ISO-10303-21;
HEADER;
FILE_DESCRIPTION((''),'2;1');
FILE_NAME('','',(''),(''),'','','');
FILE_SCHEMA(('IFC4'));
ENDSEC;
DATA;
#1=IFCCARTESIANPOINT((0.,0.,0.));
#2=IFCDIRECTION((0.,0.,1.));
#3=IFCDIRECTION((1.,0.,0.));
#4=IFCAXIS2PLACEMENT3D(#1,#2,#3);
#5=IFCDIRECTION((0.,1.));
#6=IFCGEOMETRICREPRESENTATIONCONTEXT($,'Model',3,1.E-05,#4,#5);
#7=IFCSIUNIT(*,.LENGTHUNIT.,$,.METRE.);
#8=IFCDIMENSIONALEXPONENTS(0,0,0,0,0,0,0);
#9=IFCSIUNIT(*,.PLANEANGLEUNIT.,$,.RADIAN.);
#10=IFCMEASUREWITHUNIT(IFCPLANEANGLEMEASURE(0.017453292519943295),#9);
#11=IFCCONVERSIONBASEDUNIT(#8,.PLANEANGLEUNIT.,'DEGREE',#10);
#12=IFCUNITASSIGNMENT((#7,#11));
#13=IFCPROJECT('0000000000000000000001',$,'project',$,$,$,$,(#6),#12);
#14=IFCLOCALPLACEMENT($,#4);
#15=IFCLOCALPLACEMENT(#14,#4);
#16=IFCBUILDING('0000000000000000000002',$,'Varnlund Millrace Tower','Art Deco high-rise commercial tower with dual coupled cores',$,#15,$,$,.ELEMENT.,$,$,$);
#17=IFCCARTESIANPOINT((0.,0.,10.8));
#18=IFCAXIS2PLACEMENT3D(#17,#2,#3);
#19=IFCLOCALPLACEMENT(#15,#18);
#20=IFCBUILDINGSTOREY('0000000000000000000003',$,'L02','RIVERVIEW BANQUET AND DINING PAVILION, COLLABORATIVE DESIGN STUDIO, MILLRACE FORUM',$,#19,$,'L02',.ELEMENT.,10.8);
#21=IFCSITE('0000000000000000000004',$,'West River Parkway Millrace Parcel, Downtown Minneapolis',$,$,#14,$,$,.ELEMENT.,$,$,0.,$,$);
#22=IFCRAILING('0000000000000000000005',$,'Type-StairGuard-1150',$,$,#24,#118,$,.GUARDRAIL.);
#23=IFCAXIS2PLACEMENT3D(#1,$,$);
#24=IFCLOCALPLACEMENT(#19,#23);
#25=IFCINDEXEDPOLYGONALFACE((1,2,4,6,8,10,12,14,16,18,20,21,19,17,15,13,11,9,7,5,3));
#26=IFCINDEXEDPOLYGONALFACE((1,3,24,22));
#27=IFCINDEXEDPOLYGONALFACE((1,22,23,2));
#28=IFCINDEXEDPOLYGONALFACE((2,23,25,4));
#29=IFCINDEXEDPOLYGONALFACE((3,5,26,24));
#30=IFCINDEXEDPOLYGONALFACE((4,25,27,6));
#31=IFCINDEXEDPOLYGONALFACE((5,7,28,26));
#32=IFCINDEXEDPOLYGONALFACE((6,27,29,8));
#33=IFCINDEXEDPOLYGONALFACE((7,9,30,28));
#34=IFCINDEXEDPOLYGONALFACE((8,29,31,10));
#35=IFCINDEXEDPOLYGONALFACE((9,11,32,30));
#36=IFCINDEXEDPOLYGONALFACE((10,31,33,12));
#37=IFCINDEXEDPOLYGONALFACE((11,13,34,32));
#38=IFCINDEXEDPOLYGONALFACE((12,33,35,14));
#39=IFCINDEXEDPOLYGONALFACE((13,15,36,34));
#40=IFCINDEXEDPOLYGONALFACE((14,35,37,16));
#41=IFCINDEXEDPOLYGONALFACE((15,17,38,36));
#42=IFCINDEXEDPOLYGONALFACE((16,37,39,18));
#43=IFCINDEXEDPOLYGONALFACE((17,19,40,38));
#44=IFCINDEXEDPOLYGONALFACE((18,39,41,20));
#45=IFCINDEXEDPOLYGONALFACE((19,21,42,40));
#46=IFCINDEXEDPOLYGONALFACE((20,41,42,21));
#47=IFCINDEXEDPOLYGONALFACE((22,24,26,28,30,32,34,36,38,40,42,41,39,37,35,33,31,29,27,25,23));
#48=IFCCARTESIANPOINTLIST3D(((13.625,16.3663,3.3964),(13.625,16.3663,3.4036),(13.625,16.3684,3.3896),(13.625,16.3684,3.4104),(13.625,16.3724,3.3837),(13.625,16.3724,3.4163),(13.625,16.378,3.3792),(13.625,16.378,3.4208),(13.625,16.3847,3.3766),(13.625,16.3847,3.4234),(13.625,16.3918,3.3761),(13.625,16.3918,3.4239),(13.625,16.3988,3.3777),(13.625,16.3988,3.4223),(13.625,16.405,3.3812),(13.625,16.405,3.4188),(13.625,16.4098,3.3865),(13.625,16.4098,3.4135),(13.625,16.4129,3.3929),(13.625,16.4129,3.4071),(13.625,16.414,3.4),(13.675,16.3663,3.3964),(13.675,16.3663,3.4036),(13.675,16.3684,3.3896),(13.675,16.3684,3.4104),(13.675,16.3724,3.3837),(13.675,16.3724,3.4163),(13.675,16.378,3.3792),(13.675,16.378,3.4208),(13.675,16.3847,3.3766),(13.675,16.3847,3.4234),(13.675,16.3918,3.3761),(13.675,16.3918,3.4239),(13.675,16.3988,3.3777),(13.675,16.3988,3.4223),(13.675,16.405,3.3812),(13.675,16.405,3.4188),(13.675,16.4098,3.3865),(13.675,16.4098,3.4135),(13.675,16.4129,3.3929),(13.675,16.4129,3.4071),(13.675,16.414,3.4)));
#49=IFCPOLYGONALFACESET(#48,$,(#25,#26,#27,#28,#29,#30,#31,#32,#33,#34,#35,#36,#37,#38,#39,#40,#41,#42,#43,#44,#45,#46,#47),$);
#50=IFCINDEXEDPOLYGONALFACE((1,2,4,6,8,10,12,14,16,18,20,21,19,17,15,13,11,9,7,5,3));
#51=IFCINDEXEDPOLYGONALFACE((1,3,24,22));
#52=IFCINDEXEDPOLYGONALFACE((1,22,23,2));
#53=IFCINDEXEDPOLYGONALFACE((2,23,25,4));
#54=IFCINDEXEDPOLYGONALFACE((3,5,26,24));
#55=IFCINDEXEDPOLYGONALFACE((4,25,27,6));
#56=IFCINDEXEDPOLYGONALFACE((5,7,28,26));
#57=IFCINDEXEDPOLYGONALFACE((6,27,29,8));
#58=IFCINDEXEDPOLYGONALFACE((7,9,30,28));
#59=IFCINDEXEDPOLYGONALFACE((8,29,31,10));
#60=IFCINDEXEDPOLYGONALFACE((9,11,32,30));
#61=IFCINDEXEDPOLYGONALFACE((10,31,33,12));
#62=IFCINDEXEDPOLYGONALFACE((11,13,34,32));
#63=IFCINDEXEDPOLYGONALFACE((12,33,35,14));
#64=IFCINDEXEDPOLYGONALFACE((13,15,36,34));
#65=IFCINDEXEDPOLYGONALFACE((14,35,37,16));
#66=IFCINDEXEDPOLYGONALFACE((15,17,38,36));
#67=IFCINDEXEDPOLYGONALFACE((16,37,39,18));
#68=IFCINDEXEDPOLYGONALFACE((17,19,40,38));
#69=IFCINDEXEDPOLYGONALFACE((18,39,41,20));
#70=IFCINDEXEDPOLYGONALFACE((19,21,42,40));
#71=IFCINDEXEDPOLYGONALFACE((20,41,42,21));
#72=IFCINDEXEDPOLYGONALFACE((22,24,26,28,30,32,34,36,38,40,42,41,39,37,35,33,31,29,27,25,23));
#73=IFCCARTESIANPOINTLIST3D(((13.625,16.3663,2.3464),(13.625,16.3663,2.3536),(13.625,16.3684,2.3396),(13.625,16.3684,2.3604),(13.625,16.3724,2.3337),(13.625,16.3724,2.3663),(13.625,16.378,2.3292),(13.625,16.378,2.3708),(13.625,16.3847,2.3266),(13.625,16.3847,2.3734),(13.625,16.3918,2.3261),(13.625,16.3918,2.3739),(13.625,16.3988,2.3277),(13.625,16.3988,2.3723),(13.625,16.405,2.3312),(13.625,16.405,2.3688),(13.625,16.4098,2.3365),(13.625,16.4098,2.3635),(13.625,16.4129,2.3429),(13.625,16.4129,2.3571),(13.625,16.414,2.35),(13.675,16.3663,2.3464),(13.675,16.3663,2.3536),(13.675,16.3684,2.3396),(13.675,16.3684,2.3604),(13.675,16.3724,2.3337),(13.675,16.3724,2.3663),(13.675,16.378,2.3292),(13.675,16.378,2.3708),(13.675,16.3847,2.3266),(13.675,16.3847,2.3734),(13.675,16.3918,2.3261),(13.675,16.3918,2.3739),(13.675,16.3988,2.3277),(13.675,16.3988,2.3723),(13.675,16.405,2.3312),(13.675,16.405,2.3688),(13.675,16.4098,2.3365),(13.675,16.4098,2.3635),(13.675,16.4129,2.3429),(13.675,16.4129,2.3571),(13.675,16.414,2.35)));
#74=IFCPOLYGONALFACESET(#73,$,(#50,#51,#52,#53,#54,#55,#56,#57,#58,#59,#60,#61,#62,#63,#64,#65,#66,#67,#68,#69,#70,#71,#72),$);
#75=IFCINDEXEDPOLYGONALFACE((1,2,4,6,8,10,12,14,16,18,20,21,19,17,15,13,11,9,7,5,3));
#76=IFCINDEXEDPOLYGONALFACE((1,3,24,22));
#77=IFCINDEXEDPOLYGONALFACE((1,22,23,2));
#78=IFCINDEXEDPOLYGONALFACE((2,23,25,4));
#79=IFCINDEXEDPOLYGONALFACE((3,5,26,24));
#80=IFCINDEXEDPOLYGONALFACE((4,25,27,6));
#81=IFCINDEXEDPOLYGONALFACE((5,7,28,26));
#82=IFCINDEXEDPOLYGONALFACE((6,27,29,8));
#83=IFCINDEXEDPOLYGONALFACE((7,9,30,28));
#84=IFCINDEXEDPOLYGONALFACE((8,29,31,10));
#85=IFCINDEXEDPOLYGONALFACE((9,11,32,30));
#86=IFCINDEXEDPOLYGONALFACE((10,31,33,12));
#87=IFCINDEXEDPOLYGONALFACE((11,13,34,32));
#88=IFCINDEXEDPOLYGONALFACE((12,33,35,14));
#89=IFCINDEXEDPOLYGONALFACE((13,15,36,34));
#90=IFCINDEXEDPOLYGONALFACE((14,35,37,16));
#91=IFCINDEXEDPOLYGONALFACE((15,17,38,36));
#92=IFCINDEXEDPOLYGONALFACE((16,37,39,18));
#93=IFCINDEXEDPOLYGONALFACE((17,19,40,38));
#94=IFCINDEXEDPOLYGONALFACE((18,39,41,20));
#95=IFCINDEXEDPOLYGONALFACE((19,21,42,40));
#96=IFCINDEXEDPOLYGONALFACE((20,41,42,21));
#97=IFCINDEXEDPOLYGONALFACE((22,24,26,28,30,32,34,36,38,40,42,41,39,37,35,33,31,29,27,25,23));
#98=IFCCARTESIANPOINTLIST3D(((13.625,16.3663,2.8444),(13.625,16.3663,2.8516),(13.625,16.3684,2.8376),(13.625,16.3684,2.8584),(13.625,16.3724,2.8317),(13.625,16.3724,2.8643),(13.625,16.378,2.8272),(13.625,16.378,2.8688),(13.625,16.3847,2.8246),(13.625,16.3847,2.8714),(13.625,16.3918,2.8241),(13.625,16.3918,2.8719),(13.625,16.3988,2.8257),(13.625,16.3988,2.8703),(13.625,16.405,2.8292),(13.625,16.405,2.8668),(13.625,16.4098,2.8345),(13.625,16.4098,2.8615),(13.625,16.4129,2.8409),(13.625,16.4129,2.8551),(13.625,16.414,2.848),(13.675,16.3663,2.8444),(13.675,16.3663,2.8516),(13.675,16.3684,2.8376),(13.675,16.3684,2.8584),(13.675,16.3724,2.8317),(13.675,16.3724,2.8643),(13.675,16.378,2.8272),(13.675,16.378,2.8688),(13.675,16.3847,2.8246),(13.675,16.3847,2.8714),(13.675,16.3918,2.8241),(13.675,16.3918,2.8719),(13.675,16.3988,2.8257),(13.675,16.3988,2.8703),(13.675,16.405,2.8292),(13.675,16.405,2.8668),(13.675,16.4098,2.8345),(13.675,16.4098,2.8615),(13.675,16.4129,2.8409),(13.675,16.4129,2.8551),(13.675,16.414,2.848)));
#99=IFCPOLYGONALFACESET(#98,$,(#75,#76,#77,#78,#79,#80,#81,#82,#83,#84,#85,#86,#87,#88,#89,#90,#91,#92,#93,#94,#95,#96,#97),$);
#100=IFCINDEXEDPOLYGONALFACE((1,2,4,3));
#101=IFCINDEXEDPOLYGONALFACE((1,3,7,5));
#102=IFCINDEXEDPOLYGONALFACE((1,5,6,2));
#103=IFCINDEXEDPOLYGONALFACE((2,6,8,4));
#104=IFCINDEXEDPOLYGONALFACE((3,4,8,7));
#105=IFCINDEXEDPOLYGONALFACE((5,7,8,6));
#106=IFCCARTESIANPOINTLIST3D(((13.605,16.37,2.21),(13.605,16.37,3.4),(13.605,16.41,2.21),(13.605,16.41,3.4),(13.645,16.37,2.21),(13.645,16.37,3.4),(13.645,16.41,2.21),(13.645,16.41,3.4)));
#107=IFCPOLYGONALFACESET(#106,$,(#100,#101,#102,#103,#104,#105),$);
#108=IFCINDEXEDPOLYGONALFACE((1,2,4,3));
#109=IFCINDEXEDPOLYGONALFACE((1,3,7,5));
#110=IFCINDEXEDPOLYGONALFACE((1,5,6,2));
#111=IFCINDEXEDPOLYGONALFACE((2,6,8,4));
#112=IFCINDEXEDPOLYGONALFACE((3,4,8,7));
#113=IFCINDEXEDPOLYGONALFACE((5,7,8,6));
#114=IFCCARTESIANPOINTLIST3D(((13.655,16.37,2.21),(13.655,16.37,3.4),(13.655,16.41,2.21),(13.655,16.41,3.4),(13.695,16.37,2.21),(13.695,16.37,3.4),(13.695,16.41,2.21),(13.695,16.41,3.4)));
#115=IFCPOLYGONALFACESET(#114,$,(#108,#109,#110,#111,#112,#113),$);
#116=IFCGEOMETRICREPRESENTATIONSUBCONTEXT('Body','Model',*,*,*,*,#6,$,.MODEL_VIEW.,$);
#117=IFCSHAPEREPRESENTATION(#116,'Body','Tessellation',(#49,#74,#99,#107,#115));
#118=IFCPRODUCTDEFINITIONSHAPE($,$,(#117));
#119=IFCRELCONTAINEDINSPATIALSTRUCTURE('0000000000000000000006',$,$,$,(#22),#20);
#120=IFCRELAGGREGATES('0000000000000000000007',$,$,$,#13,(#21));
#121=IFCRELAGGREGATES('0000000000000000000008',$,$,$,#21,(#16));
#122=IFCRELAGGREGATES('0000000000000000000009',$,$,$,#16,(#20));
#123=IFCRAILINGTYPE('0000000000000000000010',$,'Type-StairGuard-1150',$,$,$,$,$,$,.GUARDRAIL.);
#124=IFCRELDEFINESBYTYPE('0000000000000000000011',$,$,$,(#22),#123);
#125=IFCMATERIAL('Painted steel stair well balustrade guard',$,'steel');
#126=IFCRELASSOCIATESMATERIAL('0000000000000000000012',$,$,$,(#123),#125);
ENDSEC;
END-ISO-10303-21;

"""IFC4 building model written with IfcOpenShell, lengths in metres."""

from ifc_helpers import new_model, entity, si_unit, converted_unit, direction, frame, origin_with_axes, origin_2d_with_axis, place, context, subcontext, project, spatial, rectangle, circle, extrude, material, type_object, element, save


model = new_model("IFC4")

# Units and contexts
model_context = context("Model", 3, precision=1e-05, world=origin_with_axes(), true_north=direction((0.0, 1.0)))
body_context = subcontext(model_context, "Body", "Model", "MODEL_VIEW")
ifc_project = project(units=[si_unit("LENGTHUNIT", "METRE"), converted_unit("PLANEANGLEUNIT", "DEGREE", entity("IfcPlaneAngleMeasure", 0.017453292519943295), si_unit("PLANEANGLEUNIT", "RADIAN"), dimensions=[0, 0, 0, 0, 0, 0, 0])], contexts=[model_context])

# Site, building, storey
site_placement = place(None, origin_with_axes())
site = spatial("IfcSite", under=ifc_project, at=site_placement, Name="West River Parkway Millrace Parcel, Downtown Minneapolis", CompositionType="ELEMENT", RefElevation=0.0)
building_placement = place(site_placement, origin_with_axes())
building = spatial("IfcBuilding", under=site, at=building_placement, Name="Varnlund Millrace Tower", Description="Art Deco high-rise commercial tower with dual coupled cores", CompositionType="ELEMENT")
storey_placement = place(building_placement, frame((0.0, 0.0, 10.8), z_axis=(0.0, 0.0, 1.0), x_axis=(1.0, 0.0, 0.0)))
storey = spatial("IfcBuildingStorey", under=building, at=storey_placement, Name="L02", Description="RIVERVIEW BANQUET AND DINING PAVILION, COLLABORATIVE DESIGN STUDIO, MILLRACE FORUM", LongName="L02", CompositionType="ELEMENT", Elevation=10.8)

# Railing
ifc_material_1 = material(Name="Painted steel stair well balustrade guard", Category="steel")
railing_type_1 = type_object("IfcRailingType", Name="Type-StairGuard-1150", PredefinedType="GUARDRAIL", material=ifc_material_1)
railing_1_placement = place(storey_placement, frame((0.0, 0.0, -10.8), z_axis=(0.0, 0.0, 1.0), x_axis=(1.0, 0.0, 0.0)))
element("IfcRailing", 1, at=railing_1_placement, inside=storey, type_object=railing_type_1, Name="Type-StairGuard-1150", PredefinedType="GUARDRAIL", context=body_context, shape_type="SweptSolid", body=[
    extrude(circle(Radius=0.024, at=origin_2d_with_axis()), frame((13.625, 16.39, 14.2), z_axis=(1.0, 0.0, 0.0), x_axis=(0.0, 1.0, 0.0)), (0.0, 0.0, 1.0), 0.05),
    extrude(circle(Radius=0.024, at=origin_2d_with_axis()), frame((13.625, 16.39, 13.15), z_axis=(1.0, 0.0, 0.0), x_axis=(0.0, 1.0, 0.0)), (0.0, 0.0, 1.0), 0.05),
    extrude(circle(Radius=0.024, at=origin_2d_with_axis()), frame((13.625, 16.39, 13.648), z_axis=(1.0, 0.0, 0.0), x_axis=(0.0, 1.0, 0.0)), (0.0, 0.0, 1.0), 0.05),
    extrude(rectangle(XDim=0.04, YDim=0.04, at=origin_2d_with_axis()), frame((13.625, 16.39, 13.01), z_axis=(0.0, 0.0, 1.0), x_axis=(1.0, 0.0, 0.0)), (0.0, 0.0, 1.0), 1.19),
    extrude(rectangle(XDim=0.04, YDim=0.04, at=origin_2d_with_axis()), frame((13.675, 16.39, 13.01), z_axis=(0.0, 0.0, 1.0), x_axis=(1.0, 0.0, 0.0)), (0.0, 0.0, 1.0), 1.19),
])

save(model, "model.ifc")
